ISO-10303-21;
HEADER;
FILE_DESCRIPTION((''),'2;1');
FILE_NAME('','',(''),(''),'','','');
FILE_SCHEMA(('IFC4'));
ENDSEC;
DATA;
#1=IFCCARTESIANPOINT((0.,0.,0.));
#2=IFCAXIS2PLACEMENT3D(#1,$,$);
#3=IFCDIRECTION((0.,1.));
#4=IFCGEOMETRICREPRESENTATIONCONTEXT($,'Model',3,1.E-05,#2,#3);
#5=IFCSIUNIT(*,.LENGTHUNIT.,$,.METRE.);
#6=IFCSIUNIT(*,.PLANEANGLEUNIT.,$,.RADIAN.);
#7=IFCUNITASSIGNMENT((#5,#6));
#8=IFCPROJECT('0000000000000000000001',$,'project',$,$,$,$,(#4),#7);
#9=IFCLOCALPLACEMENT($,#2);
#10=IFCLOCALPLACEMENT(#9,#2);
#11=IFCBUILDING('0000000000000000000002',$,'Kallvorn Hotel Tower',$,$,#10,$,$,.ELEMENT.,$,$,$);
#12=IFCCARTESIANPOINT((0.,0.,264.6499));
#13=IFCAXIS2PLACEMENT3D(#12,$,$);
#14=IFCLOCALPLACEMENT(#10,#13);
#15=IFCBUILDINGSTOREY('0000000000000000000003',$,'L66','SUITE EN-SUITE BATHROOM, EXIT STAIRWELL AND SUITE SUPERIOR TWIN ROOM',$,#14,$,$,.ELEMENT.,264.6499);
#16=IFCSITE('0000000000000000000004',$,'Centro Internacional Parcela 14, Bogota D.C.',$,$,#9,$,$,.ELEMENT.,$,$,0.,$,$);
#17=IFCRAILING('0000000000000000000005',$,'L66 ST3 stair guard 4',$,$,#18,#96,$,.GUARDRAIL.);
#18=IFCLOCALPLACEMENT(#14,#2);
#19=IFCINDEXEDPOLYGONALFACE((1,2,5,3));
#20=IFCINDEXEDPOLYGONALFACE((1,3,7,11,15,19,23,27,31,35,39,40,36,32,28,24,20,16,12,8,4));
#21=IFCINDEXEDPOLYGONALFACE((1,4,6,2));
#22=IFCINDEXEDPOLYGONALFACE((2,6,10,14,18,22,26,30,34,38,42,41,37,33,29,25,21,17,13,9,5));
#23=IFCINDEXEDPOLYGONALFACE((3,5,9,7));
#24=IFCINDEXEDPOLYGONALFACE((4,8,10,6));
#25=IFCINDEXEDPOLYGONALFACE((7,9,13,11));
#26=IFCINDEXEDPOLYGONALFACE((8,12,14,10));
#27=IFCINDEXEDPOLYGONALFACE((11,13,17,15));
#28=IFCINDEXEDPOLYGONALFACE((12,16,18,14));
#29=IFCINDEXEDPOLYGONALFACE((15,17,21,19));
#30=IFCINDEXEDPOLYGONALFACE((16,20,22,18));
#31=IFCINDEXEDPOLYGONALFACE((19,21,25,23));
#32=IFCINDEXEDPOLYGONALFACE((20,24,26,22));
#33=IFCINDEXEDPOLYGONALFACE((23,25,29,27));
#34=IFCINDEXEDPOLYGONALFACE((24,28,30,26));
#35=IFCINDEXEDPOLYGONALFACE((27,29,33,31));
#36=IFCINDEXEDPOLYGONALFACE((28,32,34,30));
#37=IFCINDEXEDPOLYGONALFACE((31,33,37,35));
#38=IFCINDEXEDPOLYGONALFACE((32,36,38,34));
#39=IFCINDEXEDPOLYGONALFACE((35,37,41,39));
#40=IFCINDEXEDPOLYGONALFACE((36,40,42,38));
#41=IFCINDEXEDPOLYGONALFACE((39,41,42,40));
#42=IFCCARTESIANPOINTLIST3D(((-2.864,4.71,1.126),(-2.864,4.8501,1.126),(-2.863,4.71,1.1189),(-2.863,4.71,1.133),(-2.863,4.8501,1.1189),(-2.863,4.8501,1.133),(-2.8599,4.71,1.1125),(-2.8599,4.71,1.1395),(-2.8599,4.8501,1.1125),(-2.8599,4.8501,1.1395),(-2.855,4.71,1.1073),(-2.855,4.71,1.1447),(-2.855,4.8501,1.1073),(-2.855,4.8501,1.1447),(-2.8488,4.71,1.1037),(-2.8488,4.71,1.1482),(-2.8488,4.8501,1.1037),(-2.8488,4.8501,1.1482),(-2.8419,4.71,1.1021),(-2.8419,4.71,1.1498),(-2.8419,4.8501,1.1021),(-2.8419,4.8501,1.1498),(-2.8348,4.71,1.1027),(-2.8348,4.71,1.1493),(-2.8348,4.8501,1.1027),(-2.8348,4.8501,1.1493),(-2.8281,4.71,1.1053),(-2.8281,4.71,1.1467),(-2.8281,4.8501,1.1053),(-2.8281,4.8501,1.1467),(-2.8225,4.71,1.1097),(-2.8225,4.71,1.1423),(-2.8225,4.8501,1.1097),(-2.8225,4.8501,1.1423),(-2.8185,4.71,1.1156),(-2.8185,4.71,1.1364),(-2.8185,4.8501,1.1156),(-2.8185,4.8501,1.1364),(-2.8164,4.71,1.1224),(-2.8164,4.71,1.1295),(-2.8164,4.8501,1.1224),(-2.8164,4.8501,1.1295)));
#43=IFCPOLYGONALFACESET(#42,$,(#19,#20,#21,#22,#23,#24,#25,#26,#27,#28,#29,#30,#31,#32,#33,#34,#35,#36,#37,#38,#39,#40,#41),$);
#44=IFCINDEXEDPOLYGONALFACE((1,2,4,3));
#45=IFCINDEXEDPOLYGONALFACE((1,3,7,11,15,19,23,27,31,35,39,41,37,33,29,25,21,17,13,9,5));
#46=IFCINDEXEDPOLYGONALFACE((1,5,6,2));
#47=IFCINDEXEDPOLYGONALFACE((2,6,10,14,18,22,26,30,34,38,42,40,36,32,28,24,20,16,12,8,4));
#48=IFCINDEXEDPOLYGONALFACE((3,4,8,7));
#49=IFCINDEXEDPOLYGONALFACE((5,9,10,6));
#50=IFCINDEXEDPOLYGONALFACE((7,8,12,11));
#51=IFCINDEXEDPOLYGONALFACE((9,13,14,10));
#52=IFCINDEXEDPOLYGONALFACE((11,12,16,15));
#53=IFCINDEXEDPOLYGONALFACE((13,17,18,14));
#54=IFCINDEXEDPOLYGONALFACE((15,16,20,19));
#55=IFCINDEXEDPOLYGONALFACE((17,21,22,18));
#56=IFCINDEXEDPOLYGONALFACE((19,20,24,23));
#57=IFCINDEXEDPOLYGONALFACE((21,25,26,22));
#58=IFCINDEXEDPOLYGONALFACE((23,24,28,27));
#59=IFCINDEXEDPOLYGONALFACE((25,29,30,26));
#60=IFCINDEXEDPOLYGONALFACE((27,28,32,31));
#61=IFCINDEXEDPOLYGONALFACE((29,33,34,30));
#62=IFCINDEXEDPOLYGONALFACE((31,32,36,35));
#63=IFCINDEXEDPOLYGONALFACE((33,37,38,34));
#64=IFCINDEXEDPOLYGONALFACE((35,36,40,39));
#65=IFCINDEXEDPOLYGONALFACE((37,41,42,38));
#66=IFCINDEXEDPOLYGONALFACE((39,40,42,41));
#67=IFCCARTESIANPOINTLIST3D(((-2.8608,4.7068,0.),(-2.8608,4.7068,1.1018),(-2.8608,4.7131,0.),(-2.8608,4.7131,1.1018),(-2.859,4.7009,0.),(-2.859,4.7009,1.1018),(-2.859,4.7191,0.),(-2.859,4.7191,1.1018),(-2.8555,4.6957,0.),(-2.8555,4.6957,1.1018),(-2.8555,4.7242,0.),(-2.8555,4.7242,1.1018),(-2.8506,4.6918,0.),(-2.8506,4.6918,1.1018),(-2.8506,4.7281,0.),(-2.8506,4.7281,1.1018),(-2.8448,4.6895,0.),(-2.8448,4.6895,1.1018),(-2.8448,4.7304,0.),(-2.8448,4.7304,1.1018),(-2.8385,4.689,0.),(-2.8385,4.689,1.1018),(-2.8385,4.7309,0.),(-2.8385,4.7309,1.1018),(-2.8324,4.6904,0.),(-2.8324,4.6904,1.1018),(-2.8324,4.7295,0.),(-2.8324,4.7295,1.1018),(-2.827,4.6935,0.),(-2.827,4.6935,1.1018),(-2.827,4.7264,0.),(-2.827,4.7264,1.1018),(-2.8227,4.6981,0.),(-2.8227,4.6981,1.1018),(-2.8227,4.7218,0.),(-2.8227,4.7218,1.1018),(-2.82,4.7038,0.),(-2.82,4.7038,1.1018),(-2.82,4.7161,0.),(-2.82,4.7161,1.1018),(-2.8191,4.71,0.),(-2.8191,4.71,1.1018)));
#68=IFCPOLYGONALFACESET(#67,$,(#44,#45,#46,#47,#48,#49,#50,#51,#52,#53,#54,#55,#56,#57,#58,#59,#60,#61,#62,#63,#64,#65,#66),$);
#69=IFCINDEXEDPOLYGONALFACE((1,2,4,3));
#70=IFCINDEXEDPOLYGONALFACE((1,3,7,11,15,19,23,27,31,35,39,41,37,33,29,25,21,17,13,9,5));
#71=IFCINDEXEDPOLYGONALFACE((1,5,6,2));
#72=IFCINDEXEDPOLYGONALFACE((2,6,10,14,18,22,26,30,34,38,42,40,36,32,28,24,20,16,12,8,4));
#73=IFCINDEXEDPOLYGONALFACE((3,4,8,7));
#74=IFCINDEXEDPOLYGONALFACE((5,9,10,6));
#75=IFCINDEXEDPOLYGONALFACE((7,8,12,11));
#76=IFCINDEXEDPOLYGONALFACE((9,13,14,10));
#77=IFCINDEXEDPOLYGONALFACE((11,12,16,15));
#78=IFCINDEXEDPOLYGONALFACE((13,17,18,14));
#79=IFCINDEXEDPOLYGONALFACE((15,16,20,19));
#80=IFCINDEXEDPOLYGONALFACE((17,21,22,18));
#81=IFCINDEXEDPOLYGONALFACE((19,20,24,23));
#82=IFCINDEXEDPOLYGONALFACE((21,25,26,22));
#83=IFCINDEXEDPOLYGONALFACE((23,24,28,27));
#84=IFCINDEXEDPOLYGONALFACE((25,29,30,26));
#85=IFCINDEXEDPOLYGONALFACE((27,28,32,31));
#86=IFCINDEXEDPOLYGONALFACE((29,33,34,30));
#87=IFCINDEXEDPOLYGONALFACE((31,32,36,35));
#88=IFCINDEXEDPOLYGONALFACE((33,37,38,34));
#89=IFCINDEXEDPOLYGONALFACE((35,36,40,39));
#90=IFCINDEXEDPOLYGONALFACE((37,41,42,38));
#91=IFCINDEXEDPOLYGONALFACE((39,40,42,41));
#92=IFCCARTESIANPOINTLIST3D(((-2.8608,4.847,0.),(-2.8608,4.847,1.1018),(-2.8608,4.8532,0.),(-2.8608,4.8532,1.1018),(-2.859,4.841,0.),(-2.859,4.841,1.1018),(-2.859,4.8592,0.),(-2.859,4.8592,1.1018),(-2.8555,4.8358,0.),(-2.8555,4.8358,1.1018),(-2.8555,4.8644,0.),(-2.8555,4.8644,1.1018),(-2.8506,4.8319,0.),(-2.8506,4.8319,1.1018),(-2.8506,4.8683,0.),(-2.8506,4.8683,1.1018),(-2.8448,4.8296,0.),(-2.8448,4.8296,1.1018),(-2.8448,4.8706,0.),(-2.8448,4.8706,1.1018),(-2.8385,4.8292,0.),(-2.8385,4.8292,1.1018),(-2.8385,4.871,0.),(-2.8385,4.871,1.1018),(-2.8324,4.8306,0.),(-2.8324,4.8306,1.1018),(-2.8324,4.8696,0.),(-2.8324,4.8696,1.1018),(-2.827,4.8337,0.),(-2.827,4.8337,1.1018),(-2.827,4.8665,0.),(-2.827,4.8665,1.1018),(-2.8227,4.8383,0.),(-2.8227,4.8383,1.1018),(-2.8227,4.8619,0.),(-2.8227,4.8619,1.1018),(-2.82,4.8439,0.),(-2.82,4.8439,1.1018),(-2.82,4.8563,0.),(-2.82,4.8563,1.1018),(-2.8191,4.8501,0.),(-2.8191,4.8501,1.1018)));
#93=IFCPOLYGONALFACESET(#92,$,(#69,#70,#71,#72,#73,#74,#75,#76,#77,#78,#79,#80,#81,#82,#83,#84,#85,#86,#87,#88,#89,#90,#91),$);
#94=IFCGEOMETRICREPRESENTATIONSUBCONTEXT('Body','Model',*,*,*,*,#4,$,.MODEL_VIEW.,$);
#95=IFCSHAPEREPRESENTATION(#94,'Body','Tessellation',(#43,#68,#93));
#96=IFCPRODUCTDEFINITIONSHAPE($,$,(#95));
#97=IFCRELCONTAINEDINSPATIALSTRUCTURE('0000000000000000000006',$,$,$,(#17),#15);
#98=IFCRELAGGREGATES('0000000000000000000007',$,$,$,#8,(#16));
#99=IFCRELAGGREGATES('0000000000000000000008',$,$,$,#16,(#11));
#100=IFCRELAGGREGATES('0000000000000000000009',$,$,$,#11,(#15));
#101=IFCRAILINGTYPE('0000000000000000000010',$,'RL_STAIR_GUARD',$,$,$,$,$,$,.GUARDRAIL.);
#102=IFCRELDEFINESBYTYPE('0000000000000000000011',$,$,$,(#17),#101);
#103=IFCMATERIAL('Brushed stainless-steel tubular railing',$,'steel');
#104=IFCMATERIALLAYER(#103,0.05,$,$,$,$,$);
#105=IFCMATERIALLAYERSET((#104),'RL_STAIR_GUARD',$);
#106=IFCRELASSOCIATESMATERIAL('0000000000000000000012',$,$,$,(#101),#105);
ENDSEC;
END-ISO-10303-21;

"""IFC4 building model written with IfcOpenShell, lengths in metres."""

from ifc_helpers import new_model, si_unit, direction, frame, origin, origin_2d, place, context, subcontext, project, spatial, circle, extrude, material, layer, layer_set, type_object, element, save


model = new_model("IFC4")

# Units and contexts
model_context = context("Model", 3, precision=1e-05, world=origin(), true_north=direction((0.0, 1.0)))
body_context = subcontext(model_context, "Body", "Model", "MODEL_VIEW")
ifc_project = project(units=[si_unit("LENGTHUNIT", "METRE"), si_unit("PLANEANGLEUNIT", "RADIAN")], contexts=[model_context])

# Site, building, storey
site_placement = place(None, origin())
site = spatial("IfcSite", under=ifc_project, at=site_placement, Name="Centro Internacional Parcela 14, Bogota D.C.", CompositionType="ELEMENT", RefElevation=0.0)
building_placement = place(site_placement, origin())
building = spatial("IfcBuilding", under=site, at=building_placement, Name="Kallvorn Hotel Tower", CompositionType="ELEMENT")
storey_placement = place(building_placement, frame((0.0, 0.0, 264.6499)))
storey = spatial("IfcBuildingStorey", under=building, at=storey_placement, Name="L66", Description="SUITE EN-SUITE BATHROOM, EXIT STAIRWELL AND SUITE SUPERIOR TWIN ROOM", CompositionType="ELEMENT", Elevation=264.6499)

# Railing
ifc_material_1 = material(Name="Brushed stainless-steel tubular railing", Category="steel")
ifc_layer_1 = layer(ifc_material_1, 0.05)
ifc_layer_set_1 = layer_set([ifc_layer_1], Name="RL_STAIR_GUARD")
railing_type_1 = type_object("IfcRailingType", Name="RL_STAIR_GUARD", PredefinedType="GUARDRAIL", material=ifc_layer_set_1)
railing_1_placement = place(storey_placement, frame((-2.8401, 4.71, 0.0)))
element("IfcRailing", 1, at=railing_1_placement, inside=storey, type_object=railing_type_1, Name="L66 ST3 stair guard 4", PredefinedType="GUARDRAIL", context=body_context, shape_type="SweptSolid", body=[
    extrude(circle(Radius=0.0239, at=origin_2d()), frame((0.0, 0.0, 1.126), z_axis=(0.0, 1.0, 0.0), x_axis=(-1.0, 0.0, 0.0)), (0.0, 0.0, 1.0), 0.1401),
    extrude(circle(Radius=0.021, at=origin_2d()), origin(), (0.0, 0.0, 1.0), 1.1018),
    extrude(circle(Radius=0.021, at=origin_2d()), frame((0.0, 0.1401, 0.0)), (0.0, 0.0, 1.0), 1.1018),
])

save(model, "model.ifc")
